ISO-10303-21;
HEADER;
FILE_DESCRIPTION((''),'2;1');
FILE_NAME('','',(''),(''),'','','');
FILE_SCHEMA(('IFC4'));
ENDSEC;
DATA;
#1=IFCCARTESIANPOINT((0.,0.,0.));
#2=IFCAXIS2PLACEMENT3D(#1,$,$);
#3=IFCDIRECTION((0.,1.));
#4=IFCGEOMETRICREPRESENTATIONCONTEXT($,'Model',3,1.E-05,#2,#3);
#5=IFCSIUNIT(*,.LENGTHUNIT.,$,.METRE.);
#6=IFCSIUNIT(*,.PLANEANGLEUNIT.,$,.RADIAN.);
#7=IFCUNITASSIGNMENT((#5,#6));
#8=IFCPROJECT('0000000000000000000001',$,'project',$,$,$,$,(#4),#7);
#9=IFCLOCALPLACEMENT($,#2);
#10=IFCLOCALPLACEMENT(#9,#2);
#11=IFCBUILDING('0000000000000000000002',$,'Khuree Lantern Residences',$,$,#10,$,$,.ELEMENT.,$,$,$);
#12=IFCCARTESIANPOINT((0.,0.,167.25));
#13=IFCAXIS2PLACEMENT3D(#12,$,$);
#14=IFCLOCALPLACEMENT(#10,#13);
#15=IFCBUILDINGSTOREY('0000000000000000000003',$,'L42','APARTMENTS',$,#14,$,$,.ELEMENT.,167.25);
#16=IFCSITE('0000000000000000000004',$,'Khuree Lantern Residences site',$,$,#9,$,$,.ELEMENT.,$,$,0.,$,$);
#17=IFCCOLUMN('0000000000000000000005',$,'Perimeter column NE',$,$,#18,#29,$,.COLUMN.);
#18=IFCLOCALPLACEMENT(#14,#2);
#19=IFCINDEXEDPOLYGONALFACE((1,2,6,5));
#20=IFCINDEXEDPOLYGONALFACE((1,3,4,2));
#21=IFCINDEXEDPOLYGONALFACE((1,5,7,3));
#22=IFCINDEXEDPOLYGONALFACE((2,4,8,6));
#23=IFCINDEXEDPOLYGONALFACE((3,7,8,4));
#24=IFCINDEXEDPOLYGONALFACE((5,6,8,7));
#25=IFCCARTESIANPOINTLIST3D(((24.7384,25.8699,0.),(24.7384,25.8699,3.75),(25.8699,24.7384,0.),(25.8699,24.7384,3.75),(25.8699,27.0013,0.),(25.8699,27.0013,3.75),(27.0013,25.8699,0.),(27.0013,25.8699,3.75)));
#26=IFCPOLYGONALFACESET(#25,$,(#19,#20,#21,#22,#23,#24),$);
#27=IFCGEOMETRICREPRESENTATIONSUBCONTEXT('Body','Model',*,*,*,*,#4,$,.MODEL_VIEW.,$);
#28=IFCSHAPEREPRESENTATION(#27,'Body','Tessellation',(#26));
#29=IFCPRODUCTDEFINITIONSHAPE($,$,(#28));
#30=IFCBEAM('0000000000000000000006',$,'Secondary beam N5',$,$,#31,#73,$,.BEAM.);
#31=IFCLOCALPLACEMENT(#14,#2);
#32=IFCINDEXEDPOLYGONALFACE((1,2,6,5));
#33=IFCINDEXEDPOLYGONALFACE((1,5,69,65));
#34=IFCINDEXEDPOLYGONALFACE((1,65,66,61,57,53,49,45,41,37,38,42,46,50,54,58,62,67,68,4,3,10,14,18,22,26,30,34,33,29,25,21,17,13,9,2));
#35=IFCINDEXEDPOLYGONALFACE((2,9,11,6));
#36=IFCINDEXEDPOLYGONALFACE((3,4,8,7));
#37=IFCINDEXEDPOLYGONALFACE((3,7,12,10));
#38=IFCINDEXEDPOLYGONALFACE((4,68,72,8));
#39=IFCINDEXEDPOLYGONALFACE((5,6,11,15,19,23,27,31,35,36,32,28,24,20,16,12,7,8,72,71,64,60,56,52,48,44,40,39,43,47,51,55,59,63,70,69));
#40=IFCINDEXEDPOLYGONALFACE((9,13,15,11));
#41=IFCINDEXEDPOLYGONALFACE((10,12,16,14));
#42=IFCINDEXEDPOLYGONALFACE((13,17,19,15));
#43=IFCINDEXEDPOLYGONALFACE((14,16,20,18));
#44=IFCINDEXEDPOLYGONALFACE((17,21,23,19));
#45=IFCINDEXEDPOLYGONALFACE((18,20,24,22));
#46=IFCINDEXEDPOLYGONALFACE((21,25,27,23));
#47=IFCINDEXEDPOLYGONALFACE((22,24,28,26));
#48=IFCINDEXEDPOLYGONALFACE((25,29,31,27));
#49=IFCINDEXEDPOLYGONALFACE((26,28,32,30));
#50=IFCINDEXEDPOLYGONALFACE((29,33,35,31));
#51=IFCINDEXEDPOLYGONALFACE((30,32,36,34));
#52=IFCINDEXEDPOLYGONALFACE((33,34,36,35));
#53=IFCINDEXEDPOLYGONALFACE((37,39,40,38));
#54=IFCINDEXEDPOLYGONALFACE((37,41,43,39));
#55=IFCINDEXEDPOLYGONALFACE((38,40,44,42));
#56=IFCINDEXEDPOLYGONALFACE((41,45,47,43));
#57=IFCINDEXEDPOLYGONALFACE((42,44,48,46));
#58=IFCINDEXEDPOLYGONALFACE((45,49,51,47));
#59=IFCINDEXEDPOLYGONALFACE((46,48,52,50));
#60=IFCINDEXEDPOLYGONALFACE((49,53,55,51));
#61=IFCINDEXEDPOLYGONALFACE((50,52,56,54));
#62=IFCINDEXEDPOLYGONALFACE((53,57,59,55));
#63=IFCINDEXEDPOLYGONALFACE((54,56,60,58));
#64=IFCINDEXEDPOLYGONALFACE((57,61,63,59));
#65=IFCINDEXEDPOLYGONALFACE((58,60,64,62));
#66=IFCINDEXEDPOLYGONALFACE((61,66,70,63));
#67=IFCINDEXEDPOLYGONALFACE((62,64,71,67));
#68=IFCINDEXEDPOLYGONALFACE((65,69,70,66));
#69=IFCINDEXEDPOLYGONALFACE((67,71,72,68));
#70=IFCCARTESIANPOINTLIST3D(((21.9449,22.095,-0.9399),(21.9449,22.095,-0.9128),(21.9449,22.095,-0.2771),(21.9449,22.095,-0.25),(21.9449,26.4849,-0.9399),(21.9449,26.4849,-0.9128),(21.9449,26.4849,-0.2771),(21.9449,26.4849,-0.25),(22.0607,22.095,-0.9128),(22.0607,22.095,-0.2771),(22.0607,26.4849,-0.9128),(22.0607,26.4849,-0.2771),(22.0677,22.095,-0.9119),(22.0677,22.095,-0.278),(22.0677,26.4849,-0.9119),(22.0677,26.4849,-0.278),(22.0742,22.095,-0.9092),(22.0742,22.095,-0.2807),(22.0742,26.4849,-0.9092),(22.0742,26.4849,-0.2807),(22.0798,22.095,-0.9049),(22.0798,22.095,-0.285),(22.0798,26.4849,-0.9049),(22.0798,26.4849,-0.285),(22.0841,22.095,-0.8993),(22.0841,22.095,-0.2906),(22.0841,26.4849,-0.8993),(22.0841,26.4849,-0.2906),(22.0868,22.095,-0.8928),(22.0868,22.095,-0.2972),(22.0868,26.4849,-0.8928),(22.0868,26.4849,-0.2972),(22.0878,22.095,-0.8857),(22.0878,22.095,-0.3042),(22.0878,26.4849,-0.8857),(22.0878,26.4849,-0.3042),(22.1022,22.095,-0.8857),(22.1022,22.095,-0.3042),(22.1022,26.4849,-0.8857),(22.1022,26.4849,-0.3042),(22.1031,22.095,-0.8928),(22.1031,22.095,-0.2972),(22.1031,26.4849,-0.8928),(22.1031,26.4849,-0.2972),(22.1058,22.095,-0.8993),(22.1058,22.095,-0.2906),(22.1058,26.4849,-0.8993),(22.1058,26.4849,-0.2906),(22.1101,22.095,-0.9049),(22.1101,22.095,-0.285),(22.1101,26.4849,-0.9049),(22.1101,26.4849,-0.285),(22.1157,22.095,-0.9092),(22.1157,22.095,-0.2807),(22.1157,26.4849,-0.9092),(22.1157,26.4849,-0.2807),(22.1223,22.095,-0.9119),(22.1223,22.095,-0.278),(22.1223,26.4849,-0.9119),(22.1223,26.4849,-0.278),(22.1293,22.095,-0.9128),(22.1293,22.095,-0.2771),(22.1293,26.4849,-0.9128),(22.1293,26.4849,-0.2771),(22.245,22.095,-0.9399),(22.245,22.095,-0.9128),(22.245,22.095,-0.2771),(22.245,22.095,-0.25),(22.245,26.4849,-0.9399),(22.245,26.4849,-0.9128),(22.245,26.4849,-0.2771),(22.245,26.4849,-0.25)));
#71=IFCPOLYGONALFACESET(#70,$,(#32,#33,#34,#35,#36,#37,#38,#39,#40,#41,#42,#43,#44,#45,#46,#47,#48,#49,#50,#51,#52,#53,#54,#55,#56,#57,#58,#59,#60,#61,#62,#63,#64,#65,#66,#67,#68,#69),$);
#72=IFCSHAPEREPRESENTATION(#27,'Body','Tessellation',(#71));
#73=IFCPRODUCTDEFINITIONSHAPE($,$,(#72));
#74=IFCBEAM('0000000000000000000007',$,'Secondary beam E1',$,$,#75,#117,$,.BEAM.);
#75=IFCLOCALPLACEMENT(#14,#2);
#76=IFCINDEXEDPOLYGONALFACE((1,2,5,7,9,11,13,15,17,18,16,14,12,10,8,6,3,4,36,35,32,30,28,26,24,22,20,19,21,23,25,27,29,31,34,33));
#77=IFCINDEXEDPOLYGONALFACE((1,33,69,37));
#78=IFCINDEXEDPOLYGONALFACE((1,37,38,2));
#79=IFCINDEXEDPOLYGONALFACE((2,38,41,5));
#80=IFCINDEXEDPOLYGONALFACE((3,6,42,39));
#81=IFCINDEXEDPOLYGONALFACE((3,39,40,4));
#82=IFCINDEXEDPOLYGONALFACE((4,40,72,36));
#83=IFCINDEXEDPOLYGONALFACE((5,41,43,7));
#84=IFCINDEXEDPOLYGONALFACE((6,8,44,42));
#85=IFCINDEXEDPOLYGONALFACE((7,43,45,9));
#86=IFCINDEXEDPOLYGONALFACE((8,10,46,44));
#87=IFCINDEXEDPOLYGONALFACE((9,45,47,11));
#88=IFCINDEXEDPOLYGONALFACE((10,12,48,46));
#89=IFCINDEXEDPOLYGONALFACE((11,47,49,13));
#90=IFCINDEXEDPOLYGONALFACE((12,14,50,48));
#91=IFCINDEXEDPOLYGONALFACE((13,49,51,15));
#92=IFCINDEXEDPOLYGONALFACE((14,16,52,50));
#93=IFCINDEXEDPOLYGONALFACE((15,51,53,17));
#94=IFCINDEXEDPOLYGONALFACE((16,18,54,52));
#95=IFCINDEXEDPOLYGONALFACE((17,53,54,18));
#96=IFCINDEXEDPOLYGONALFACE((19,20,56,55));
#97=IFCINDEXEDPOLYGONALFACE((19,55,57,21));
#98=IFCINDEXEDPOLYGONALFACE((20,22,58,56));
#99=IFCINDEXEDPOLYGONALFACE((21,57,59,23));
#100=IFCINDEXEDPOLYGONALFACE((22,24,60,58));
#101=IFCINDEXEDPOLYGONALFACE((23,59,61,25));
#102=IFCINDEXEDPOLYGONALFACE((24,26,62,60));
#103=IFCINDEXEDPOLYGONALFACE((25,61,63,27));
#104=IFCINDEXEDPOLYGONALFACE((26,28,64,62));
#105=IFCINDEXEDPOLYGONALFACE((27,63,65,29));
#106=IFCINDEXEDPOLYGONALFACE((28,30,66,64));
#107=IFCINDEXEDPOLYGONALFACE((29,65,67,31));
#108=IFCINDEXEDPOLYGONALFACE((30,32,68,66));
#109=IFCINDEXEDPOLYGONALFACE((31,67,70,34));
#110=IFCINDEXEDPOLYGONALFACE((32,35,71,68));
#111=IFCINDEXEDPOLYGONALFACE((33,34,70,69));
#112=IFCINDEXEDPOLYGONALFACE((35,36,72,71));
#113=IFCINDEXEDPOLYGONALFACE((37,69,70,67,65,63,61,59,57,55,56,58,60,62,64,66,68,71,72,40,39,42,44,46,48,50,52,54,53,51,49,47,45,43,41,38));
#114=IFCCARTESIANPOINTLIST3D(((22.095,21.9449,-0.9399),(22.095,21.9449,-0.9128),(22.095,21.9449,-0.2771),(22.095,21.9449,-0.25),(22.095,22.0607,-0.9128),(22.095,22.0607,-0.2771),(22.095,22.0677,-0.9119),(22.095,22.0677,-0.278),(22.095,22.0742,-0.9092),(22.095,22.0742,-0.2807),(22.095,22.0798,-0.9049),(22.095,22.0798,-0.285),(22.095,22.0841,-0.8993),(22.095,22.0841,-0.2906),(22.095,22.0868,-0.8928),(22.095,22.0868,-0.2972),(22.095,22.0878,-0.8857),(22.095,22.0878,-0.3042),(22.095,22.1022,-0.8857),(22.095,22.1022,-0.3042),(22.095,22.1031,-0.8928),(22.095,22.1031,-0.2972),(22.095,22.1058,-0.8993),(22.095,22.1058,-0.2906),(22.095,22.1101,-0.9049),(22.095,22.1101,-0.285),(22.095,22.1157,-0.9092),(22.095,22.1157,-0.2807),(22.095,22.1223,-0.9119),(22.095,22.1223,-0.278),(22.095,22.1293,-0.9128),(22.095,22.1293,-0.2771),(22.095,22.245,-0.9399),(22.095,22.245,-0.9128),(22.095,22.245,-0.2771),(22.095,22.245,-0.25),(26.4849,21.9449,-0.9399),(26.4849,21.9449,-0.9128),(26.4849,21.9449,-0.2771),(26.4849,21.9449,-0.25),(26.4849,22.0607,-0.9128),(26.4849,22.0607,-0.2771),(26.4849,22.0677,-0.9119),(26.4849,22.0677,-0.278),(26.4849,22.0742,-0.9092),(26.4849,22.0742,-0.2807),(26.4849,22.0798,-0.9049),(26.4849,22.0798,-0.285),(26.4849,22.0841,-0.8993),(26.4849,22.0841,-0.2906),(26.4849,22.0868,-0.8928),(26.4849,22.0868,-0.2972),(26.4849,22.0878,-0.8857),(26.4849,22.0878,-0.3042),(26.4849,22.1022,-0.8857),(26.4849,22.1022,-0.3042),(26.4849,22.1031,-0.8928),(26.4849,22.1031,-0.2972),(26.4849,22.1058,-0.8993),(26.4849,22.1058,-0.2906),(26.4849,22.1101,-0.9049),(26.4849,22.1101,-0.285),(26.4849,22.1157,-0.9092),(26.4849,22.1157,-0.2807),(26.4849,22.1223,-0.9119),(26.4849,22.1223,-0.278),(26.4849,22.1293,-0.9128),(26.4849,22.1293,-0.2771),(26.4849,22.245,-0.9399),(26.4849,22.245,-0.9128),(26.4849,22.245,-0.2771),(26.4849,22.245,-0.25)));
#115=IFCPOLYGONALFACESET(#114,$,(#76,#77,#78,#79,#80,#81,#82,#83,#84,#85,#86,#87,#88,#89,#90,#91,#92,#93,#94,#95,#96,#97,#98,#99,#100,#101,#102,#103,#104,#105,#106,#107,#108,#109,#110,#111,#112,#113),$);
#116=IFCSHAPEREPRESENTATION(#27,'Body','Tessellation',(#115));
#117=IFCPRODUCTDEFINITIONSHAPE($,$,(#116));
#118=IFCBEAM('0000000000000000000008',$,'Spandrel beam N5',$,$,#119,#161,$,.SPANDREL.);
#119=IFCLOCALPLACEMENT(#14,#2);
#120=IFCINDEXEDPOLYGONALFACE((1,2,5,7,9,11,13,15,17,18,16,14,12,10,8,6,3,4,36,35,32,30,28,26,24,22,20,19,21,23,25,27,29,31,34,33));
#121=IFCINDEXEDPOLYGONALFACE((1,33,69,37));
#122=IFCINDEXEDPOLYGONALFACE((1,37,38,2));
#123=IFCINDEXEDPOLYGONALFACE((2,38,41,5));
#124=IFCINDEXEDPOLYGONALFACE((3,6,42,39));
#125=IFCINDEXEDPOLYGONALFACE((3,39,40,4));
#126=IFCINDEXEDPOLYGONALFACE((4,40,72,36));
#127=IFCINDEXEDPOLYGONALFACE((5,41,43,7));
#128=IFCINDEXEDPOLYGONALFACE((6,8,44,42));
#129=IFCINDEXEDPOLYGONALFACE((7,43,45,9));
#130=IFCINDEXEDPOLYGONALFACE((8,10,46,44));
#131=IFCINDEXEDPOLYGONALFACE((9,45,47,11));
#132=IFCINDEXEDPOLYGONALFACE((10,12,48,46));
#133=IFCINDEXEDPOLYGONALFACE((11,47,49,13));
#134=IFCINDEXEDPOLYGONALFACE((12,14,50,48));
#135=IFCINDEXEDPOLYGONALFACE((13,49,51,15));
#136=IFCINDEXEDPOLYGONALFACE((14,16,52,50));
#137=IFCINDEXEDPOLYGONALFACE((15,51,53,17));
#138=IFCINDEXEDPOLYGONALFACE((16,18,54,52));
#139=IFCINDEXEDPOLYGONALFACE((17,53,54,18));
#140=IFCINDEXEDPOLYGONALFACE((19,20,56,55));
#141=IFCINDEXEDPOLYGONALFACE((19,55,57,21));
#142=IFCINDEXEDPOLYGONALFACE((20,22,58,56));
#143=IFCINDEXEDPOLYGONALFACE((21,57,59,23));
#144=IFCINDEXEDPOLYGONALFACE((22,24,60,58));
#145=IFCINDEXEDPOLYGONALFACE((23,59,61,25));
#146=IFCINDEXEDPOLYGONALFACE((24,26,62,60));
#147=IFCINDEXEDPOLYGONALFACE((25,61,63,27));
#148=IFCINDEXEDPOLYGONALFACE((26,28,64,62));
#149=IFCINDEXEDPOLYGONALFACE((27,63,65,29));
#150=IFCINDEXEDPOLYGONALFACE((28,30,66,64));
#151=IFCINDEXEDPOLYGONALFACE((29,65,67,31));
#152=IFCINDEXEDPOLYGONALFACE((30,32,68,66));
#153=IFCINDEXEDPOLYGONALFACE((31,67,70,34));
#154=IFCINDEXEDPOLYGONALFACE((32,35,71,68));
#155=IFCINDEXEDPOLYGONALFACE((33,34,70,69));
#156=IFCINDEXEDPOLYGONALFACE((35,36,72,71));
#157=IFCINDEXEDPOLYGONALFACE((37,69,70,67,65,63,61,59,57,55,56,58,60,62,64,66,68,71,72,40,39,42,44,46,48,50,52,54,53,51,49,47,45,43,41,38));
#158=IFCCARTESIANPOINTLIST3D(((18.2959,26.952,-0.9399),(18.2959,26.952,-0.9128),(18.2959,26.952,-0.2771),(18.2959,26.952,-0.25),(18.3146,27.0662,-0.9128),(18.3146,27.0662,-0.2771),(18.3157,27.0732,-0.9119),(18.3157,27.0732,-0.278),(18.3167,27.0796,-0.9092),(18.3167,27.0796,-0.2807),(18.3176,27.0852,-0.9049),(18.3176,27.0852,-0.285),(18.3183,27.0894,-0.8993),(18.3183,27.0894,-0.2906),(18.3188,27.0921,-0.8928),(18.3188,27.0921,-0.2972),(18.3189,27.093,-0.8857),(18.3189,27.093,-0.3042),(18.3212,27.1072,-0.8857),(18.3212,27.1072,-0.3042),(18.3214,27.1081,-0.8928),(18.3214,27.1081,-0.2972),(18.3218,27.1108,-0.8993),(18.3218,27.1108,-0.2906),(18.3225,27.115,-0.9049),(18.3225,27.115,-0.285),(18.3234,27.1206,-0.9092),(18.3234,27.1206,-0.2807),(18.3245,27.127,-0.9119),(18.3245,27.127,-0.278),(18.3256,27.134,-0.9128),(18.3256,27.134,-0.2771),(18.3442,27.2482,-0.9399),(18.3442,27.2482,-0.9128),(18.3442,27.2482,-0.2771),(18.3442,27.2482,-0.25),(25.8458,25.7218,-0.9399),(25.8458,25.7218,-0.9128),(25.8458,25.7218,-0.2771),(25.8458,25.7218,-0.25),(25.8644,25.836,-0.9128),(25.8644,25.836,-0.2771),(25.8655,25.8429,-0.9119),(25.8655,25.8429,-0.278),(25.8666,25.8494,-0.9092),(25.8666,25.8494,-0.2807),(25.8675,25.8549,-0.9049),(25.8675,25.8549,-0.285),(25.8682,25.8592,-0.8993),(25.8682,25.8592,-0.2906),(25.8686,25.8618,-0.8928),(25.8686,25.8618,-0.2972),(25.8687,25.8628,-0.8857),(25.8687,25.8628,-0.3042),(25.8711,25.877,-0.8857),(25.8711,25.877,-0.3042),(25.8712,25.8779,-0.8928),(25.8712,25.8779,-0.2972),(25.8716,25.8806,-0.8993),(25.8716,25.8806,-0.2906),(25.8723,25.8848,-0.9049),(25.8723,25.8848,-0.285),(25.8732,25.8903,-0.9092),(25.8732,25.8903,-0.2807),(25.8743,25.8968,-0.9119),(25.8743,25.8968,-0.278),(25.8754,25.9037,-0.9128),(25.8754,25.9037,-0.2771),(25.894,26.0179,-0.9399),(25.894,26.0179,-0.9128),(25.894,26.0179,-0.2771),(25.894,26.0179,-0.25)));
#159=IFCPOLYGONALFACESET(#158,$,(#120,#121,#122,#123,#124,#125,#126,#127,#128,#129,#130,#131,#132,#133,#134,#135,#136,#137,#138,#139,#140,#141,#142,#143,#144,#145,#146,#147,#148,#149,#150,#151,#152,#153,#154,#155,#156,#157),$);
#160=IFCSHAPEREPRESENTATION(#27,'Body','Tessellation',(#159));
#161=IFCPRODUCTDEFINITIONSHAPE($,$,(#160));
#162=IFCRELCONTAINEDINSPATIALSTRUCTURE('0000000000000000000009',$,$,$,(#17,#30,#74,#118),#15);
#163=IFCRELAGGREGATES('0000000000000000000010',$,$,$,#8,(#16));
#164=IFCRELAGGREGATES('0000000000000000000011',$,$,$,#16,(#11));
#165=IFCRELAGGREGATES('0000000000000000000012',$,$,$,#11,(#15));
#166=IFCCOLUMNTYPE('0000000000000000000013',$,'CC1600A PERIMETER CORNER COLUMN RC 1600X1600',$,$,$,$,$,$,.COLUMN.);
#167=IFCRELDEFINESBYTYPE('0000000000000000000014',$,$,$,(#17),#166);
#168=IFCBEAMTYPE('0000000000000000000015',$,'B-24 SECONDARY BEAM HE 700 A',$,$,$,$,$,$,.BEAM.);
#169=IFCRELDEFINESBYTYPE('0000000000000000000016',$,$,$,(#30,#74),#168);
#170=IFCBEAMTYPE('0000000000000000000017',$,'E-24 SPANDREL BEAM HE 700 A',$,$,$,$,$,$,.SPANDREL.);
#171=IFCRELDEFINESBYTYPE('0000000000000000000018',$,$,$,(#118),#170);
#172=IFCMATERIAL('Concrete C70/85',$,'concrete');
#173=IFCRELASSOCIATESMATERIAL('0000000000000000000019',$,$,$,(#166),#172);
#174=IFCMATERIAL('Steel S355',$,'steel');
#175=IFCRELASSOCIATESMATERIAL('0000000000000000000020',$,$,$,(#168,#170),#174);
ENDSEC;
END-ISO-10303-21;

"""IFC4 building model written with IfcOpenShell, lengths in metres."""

from ifc_helpers import new_model, si_unit, direction, frame, origin, origin_2d, place, context, subcontext, project, spatial, rectangle, i_section, extrude, material, material_profile, profile_set, type_object, element, save


model = new_model("IFC4")

# Units and contexts
model_context = context("Model", 3, precision=1e-05, world=origin(), true_north=direction((0.0, 1.0)))
body_context = subcontext(model_context, "Body", "Model", "MODEL_VIEW")
ifc_project = project(units=[si_unit("LENGTHUNIT", "METRE"), si_unit("PLANEANGLEUNIT", "RADIAN")], contexts=[model_context])

# Site, building, storey
site_placement = place(None, origin())
site = spatial("IfcSite", under=ifc_project, at=site_placement, Name="Khuree Lantern Residences site", CompositionType="ELEMENT", RefElevation=0.0)
building_placement = place(site_placement, origin())
building = spatial("IfcBuilding", under=site, at=building_placement, Name="Khuree Lantern Residences", CompositionType="ELEMENT")
storey_placement = place(building_placement, frame((0.0, 0.0, 167.25)))
storey = spatial("IfcBuildingStorey", under=building, at=storey_placement, Name="L42", Description="APARTMENTS", CompositionType="ELEMENT", Elevation=167.25)

# Column
ifc_material_1 = material(Name="Concrete C70/85", Category="concrete")
ifc_material_profile_1 = material_profile(ifc_material_1, rectangle(XDim=1.6001, YDim=1.6001, at=origin_2d()), Name="RC 1600X1600")
ifc_profile_set_1 = profile_set([ifc_material_profile_1], Name="Concrete C70/85")
column_type = type_object("IfcColumnType", Name="CC1600A PERIMETER CORNER COLUMN RC 1600X1600", PredefinedType="COLUMN", material=ifc_profile_set_1)
column_placement = place(storey_placement, frame((25.8699, 25.8699, 0.0), z_axis=(0.0, 0.0, 1.0), x_axis=(0.707107, -0.707107, 0.0)))
element("IfcColumn", 1, at=column_placement, inside=storey, type_object=column_type, Name="Perimeter column NE", PredefinedType="COLUMN", context=body_context, shape_type="SweptSolid", body=[
    extrude(rectangle(XDim=1.6001, YDim=1.6001, at=origin_2d()), origin(), (0.0, 0.0, 1.0), 3.75),
])

# Beams
ifc_material_2 = material(Name="Steel S355", Category="steel")
ifc_material_profile_2 = material_profile(ifc_material_2, i_section(OverallWidth=0.3, OverallDepth=0.6899, WebThickness=0.0144, FlangeThickness=0.0271, FilletRadius=0.0271, at=origin_2d()), Name="HE 700 A")
ifc_profile_set_2 = profile_set([ifc_material_profile_2], Name="Steel S355")
beam_type_1 = type_object("IfcBeamType", Name="B-24 SECONDARY BEAM HE 700 A", PredefinedType="BEAM", material=ifc_profile_set_2)
for number, where, z_axis, x_axis, name in (
    (2, (22.095, 26.4849, -0.595), (0.0, -1.0, 0.0), (1.0, 0.0, 0.0), "Secondary beam N5"),
    (3, (26.4849, 22.095, -0.595), (-1.0, 0.0, 0.0), (0.0, -1.0, 0.0), "Secondary beam E1"),
):
    element("IfcBeam", number, at=place(storey_placement, frame(where, z_axis=z_axis, x_axis=x_axis)), inside=storey, type_object=beam_type_1, Name=name, PredefinedType="BEAM", context=body_context, shape_type="SweptSolid", body=[
        extrude(i_section(OverallWidth=0.3, OverallDepth=0.6899, WebThickness=0.0144, FlangeThickness=0.0271, FilletRadius=0.0271, at=origin_2d()), origin(), (0.0, 0.0, 1.0), 4.3899),
    ])
ifc_material_profile_3 = material_profile(ifc_material_2, i_section(OverallWidth=0.3, OverallDepth=0.6899, WebThickness=0.0144, FlangeThickness=0.0271, FilletRadius=0.0271, at=origin_2d()), Name="HE 700 A")
ifc_profile_set_3 = profile_set([ifc_material_profile_3], Name="Steel S355")
beam_type_2 = type_object("IfcBeamType", Name="E-24 SPANDREL BEAM HE 700 A", PredefinedType="SPANDREL", material=ifc_profile_set_3)
for number, where, z_axis, x_axis, name in (
    (4, (18.3201, 27.1001, -0.595), (0.986983, -0.160827, 0.0), (0.160827, 0.986983, 0.0), "Spandrel beam N5"),
):
    element("IfcBeam", number, at=place(storey_placement, frame(where, z_axis=z_axis, x_axis=x_axis)), inside=storey, type_object=beam_type_2, Name=name, PredefinedType="SPANDREL", context=body_context, shape_type="SweptSolid", body=[
        extrude(i_section(OverallWidth=0.3, OverallDepth=0.6899, WebThickness=0.0144, FlangeThickness=0.0271, FilletRadius=0.0271, at=origin_2d()), origin(), (0.0, 0.0, 1.0), 7.6494),
    ])

save(model, "model.ifc")
